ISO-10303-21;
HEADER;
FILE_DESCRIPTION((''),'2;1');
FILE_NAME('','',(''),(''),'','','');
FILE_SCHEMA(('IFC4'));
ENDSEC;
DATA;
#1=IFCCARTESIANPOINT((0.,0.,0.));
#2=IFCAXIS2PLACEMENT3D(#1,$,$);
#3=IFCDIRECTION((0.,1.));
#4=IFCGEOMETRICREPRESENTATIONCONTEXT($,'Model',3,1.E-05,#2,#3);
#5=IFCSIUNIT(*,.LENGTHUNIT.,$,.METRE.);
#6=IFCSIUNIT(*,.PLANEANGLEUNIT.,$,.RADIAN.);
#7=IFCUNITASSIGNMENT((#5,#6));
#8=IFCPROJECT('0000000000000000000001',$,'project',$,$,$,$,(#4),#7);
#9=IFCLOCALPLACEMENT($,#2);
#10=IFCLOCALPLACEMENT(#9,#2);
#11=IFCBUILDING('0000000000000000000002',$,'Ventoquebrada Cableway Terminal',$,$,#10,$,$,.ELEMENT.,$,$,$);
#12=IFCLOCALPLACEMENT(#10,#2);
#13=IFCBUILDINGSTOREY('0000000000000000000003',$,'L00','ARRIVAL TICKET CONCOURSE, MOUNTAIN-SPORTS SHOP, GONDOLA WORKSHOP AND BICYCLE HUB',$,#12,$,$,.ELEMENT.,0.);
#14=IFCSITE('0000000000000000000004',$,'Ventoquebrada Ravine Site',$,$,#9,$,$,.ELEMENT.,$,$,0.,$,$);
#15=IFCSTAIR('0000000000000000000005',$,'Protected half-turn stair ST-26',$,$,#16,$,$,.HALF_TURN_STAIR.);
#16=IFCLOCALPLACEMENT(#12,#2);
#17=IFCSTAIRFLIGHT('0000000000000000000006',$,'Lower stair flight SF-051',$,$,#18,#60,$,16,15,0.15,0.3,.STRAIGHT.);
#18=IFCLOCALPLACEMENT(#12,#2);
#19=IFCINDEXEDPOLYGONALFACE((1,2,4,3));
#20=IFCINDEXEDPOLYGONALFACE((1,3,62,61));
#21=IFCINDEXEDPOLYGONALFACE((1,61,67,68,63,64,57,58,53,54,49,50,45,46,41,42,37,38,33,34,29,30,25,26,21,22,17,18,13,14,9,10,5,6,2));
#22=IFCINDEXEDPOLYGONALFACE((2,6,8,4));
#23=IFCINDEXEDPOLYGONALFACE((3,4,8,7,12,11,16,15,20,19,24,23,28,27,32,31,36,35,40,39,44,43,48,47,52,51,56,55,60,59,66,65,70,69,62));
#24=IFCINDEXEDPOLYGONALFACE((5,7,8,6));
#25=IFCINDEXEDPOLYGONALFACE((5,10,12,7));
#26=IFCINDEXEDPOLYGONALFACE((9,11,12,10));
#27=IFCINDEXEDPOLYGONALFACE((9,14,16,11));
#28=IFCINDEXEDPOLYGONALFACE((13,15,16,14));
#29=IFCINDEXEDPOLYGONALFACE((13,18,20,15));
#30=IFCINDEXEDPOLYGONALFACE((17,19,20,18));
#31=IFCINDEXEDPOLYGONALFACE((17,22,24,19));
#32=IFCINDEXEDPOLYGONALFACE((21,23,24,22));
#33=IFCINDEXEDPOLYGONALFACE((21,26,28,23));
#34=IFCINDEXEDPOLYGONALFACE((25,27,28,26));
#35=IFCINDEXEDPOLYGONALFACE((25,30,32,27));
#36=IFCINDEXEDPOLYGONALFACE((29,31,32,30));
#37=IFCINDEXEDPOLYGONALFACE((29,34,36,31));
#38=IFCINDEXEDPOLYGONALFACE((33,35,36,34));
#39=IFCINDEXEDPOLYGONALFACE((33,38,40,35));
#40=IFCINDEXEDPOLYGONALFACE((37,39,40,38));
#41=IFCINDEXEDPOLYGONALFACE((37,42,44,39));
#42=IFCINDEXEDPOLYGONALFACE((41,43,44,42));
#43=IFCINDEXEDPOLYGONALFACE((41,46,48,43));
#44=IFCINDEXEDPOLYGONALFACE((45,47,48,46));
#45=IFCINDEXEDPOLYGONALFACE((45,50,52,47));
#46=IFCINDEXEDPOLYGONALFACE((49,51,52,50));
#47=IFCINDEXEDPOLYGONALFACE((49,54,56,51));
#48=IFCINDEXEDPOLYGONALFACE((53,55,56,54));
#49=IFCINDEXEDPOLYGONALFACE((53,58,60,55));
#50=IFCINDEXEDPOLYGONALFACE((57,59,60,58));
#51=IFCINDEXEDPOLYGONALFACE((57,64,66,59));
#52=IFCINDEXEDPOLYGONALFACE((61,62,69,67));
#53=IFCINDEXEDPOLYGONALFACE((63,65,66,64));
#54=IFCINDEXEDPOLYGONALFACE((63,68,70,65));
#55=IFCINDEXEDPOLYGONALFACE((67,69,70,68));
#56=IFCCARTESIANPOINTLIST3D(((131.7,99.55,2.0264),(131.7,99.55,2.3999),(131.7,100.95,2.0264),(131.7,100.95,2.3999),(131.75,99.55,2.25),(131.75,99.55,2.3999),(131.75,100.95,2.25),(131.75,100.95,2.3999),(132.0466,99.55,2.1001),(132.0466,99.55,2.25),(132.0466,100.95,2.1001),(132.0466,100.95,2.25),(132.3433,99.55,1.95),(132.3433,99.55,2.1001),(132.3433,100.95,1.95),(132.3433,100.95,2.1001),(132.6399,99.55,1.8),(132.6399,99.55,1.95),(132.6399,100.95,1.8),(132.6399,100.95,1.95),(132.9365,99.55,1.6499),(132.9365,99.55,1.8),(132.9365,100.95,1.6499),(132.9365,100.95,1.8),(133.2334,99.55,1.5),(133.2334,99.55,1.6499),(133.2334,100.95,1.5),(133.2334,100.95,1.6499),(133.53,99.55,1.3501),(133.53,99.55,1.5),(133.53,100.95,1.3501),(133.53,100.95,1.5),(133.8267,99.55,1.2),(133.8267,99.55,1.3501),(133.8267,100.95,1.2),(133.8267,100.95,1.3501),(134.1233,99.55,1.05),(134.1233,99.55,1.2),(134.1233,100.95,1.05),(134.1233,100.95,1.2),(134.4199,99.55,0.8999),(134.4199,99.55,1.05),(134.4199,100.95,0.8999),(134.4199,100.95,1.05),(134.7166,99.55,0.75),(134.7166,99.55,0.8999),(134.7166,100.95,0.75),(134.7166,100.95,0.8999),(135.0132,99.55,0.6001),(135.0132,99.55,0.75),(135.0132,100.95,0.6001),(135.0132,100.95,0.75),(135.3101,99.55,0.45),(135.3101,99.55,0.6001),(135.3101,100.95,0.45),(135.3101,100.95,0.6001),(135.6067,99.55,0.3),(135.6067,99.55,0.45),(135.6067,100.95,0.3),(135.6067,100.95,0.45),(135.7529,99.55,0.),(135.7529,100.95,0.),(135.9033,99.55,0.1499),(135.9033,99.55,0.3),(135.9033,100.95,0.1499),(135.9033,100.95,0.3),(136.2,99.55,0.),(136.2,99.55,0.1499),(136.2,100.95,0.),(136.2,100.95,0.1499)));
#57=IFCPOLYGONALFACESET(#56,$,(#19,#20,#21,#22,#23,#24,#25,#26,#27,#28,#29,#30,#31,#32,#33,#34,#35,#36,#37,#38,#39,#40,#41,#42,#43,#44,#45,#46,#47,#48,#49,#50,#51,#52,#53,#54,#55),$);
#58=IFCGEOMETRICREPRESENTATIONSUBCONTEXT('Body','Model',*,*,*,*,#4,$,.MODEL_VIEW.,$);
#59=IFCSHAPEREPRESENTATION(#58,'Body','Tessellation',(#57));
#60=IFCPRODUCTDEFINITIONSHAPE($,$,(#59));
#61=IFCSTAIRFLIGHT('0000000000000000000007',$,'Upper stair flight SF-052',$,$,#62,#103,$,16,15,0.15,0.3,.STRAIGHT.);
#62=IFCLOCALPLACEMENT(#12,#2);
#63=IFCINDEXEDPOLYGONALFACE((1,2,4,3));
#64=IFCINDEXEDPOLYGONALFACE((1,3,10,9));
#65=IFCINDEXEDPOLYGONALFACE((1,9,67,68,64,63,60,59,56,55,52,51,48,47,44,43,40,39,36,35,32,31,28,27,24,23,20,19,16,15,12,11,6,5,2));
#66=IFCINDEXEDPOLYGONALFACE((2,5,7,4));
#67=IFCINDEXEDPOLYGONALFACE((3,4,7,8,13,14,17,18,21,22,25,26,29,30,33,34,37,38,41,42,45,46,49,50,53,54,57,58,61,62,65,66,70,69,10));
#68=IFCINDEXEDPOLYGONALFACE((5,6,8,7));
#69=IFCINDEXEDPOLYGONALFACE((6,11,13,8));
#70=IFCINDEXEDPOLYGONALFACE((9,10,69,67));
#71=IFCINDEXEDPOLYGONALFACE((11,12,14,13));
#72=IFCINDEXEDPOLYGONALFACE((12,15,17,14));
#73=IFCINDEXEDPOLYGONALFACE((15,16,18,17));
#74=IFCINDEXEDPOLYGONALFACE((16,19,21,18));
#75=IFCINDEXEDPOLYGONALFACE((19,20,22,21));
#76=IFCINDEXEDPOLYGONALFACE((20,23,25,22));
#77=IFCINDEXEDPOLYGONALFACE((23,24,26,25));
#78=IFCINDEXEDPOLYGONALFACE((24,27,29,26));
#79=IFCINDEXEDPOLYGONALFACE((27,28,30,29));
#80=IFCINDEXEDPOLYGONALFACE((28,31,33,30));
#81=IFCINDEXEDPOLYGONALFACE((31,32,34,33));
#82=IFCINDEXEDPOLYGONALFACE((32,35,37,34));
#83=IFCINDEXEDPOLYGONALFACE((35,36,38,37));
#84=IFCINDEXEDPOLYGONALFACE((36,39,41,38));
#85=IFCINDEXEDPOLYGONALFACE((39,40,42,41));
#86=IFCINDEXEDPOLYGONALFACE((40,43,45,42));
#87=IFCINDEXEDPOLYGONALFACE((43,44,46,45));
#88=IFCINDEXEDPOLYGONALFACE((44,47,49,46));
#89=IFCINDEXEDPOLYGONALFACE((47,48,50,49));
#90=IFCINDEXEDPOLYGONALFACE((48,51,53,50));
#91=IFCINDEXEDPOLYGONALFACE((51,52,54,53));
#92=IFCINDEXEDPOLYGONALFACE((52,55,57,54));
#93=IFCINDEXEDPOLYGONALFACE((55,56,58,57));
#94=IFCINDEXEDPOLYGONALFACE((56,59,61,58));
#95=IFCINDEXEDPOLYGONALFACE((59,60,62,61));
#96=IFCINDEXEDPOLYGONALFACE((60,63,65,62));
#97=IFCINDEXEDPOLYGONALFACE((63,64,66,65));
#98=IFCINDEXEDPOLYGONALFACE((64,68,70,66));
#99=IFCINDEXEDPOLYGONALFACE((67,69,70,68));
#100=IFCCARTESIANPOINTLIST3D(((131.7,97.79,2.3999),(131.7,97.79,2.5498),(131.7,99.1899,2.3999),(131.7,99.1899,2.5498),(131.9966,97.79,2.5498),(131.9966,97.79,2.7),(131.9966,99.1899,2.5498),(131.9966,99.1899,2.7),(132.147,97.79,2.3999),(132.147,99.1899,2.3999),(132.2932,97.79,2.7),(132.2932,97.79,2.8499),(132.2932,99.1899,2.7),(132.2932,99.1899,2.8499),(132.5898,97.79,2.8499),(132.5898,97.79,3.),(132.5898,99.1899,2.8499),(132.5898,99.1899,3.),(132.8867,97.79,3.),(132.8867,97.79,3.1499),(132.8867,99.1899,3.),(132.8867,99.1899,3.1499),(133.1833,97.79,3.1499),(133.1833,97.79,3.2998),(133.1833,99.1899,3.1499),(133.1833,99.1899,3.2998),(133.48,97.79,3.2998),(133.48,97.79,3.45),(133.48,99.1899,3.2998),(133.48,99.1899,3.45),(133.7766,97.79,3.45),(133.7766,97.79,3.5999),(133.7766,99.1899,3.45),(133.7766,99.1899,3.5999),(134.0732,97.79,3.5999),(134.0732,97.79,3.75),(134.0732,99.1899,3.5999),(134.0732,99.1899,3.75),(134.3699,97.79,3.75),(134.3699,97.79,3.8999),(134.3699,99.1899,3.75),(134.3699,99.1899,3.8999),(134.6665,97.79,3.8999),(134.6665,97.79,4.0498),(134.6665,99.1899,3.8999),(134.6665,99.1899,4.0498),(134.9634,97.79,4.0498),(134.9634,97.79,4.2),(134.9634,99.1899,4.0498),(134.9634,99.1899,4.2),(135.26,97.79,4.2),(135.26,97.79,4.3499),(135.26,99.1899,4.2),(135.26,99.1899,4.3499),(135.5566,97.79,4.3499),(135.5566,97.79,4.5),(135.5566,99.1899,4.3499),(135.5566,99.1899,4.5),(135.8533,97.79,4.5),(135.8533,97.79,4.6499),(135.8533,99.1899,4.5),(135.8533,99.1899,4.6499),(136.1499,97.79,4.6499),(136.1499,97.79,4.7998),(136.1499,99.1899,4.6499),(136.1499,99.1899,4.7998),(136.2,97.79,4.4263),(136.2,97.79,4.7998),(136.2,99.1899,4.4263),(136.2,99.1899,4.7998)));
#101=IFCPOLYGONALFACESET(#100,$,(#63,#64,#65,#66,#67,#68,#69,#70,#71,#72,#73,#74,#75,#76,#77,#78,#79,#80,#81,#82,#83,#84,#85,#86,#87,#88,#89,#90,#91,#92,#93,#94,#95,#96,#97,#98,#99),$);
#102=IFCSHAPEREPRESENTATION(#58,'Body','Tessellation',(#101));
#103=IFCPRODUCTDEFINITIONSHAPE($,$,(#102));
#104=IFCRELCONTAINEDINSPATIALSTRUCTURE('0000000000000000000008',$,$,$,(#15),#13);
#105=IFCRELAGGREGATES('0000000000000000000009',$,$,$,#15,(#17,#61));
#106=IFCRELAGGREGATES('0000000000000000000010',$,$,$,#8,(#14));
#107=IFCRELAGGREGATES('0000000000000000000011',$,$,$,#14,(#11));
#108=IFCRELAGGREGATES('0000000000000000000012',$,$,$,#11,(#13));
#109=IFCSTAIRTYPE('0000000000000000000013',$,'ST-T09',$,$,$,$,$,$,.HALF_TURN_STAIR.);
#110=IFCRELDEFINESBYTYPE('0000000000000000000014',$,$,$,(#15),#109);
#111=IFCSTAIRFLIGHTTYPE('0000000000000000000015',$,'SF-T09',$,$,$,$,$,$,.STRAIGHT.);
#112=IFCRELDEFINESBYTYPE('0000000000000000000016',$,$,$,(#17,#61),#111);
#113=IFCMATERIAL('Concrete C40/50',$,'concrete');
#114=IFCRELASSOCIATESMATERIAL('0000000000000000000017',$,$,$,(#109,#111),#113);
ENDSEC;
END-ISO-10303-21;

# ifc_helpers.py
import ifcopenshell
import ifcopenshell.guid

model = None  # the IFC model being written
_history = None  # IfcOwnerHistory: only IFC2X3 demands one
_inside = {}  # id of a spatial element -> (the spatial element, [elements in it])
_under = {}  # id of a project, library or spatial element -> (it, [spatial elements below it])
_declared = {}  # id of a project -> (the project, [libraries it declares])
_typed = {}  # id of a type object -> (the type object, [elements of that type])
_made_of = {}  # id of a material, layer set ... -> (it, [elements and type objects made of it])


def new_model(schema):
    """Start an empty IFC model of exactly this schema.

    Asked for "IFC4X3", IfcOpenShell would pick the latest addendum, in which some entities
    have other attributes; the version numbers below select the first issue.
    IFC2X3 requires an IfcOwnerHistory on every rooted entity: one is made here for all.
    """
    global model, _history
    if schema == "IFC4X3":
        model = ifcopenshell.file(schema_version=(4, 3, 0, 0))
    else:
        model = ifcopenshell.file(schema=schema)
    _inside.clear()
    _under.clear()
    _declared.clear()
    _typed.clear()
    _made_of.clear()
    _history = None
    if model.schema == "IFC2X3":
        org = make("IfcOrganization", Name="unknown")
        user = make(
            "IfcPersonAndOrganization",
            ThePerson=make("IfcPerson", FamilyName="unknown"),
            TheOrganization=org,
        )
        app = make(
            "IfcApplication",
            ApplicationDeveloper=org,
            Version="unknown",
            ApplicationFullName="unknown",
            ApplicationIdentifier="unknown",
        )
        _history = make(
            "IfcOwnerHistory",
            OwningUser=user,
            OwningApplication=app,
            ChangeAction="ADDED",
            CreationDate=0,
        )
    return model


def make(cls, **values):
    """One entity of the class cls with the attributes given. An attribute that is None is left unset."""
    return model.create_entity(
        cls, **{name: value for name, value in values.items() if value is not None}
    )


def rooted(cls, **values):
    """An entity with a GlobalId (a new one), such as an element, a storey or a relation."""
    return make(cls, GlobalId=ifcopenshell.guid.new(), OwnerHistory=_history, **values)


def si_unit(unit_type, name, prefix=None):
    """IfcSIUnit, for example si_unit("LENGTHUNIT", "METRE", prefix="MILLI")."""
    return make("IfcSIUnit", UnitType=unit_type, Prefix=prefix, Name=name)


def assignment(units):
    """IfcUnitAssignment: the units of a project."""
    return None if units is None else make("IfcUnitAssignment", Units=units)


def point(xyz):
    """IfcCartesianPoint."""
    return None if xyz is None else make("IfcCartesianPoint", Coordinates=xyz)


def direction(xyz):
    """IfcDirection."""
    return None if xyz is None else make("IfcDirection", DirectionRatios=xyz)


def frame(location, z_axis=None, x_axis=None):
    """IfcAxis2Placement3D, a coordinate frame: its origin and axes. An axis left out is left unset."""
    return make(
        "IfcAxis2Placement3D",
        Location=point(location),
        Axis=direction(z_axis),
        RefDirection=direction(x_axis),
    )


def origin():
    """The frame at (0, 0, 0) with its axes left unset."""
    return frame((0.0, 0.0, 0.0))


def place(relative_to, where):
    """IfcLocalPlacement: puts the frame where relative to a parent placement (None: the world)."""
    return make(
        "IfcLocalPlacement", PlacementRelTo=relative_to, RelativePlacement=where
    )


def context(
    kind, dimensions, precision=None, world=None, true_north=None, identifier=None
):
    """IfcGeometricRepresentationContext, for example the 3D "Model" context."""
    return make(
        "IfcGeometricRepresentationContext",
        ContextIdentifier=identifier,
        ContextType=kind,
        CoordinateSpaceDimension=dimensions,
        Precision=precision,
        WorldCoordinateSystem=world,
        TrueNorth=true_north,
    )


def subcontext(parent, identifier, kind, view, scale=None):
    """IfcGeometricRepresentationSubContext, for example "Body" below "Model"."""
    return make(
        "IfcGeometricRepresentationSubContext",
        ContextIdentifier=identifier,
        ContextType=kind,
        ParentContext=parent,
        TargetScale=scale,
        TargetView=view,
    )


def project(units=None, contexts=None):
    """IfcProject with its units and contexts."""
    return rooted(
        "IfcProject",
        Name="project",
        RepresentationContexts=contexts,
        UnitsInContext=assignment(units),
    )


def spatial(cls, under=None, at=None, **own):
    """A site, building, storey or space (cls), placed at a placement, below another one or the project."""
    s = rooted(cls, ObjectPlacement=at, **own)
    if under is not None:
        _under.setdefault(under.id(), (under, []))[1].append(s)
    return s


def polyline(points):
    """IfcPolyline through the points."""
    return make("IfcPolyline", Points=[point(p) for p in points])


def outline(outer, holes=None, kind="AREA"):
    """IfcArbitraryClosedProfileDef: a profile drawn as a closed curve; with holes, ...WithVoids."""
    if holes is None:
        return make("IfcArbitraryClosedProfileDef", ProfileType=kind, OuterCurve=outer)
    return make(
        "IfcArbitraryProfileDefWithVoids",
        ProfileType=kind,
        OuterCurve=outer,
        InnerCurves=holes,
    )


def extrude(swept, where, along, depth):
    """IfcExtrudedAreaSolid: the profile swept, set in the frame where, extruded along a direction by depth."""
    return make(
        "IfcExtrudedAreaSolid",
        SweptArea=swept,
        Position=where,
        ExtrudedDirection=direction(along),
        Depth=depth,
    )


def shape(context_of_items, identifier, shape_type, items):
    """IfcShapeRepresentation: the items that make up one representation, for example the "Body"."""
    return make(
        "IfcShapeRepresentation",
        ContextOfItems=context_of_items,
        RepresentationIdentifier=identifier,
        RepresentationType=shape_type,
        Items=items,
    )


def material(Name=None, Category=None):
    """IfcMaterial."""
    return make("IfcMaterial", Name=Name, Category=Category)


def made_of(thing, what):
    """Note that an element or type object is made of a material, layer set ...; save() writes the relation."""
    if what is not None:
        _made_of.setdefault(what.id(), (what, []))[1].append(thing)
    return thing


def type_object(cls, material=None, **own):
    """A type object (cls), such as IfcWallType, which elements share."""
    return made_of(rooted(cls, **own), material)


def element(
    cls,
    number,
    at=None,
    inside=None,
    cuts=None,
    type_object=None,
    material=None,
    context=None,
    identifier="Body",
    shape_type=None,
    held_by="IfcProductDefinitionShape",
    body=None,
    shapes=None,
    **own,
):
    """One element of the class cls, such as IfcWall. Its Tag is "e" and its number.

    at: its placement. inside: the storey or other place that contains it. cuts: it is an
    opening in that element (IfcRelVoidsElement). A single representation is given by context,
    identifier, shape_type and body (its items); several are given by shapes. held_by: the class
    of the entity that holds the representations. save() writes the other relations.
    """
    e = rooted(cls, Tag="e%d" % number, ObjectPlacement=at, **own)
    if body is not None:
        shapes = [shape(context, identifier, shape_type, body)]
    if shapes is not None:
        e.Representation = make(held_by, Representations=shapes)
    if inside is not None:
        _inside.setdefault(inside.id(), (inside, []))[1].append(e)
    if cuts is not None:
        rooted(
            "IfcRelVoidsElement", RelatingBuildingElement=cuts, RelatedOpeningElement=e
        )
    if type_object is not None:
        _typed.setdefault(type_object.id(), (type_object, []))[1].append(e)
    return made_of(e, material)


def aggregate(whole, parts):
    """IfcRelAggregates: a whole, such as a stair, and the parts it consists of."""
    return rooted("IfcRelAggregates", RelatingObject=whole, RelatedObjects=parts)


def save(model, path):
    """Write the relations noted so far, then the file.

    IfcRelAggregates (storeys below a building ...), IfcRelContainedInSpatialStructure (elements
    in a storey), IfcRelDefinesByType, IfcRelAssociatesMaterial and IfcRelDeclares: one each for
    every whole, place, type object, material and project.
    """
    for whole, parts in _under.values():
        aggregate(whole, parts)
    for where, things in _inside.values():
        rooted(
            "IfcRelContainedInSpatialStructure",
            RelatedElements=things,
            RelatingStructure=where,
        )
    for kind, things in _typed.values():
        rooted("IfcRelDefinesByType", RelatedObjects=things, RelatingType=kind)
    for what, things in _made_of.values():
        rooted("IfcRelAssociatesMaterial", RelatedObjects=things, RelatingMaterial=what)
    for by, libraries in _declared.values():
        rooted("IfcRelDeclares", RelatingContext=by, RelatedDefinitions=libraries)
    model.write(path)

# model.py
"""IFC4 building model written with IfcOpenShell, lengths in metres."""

from ifc_helpers import new_model, si_unit, direction, frame, origin, place, context, subcontext, project, spatial, polyline, outline, extrude, material, type_object, element, aggregate, save


model = new_model("IFC4")

# Units and contexts
model_context = context("Model", 3, precision=1e-05, world=origin(), true_north=direction((0.0, 1.0)))
body_context = subcontext(model_context, "Body", "Model", "MODEL_VIEW")
ifc_project = project(units=[si_unit("LENGTHUNIT", "METRE"), si_unit("PLANEANGLEUNIT", "RADIAN")], contexts=[model_context])

# Site, building, storey
site_placement = place(None, origin())
site = spatial("IfcSite", under=ifc_project, at=site_placement, Name="Ventoquebrada Ravine Site", CompositionType="ELEMENT", RefElevation=0.0)
building_placement = place(site_placement, origin())
building = spatial("IfcBuilding", under=site, at=building_placement, Name="Ventoquebrada Cableway Terminal", CompositionType="ELEMENT")
storey_placement = place(building_placement, origin())
storey = spatial("IfcBuildingStorey", under=building, at=storey_placement, Name="L00", Description="ARRIVAL TICKET CONCOURSE, MOUNTAIN-SPORTS SHOP, GONDOLA WORKSHOP AND BICYCLE HUB", CompositionType="ELEMENT", Elevation=0.0)

# Shared definitions
ifc_material_1 = material(Name="Concrete C40/50", Category="concrete")

# Stair, stair flights
stair_type = type_object("IfcStairType", Name="ST-T09", PredefinedType="HALF_TURN_STAIR", material=ifc_material_1)
stair_placement = place(storey_placement, origin())
stair = element("IfcStair", 1, at=stair_placement, inside=storey, type_object=stair_type, Name="Protected half-turn stair ST-26", PredefinedType="HALF_TURN_STAIR")
stair_flight_type = type_object("IfcStairFlightType", Name="SF-T09", PredefinedType="STRAIGHT", material=ifc_material_1)
stair_flight_1_placement = place(storey_placement, frame((136.2, 100.25, 0.0), z_axis=(0.0, 0.0, 1.0), x_axis=(-1.0, 0.0, 0.0)))
stair_flight_1 = element("IfcStairFlight", 2, at=stair_flight_1_placement, type_object=stair_flight_type, Name="Lower stair flight SF-051", NumberOfRisers=16, NumberOfTreads=15, PredefinedType="STRAIGHT", RiserHeight=0.15, TreadLength=0.3, context=body_context, shape_type="SweptSolid", body=[
    extrude(outline(polyline([(0.0, 0.0), (0.0, 0.1499), (0.2966, 0.1499), (0.2966, 0.3), (0.5933, 0.3), (0.5933, 0.45), (0.8899, 0.45), (0.8899, 0.6001), (1.1868, 0.6001), (1.1868, 0.75), (1.4834, 0.75), (1.4834, 0.8999), (1.78, 0.8999), (1.78, 1.05), (2.0767, 1.05), (2.0767, 1.2), (2.3733, 1.2), (2.3733, 1.3501), (2.6699, 1.3501), (2.6699, 1.5), (2.9666, 1.5), (2.9666, 1.6499), (3.2634, 1.6499), (3.2634, 1.8), (3.5601, 1.8), (3.5601, 1.95), (3.8567, 1.95), (3.8567, 2.1001), (4.1533, 2.1001), (4.1533, 2.25), (4.45, 2.25), (4.45, 2.3999), (4.5, 2.3999), (4.5, 2.0264), (0.447, 0.0), (0.0, 0.0)])), frame((0.0, 0.7, 0.0), z_axis=(0.0, -1.0, 0.0), x_axis=(1.0, 0.0, 0.0)), (0.0, 0.0, 1.0), 1.3999),
])
stair_flight_2_placement = place(storey_placement, frame((131.7, 98.49, 2.3999), z_axis=(0.0, 0.0, 1.0), x_axis=(1.0, 0.0, 0.0)))
stair_flight_2 = element("IfcStairFlight", 3, at=stair_flight_2_placement, type_object=stair_flight_type, Name="Upper stair flight SF-052", NumberOfRisers=16, NumberOfTreads=15, PredefinedType="STRAIGHT", RiserHeight=0.15, TreadLength=0.3, context=body_context, shape_type="SweptSolid", body=[
    extrude(outline(polyline([(0.0, 0.0), (0.0, 0.1499), (0.2966, 0.1499), (0.2966, 0.3), (0.5933, 0.3), (0.5933, 0.45), (0.8899, 0.45), (0.8899, 0.6001), (1.1868, 0.6001), (1.1868, 0.75), (1.4834, 0.75), (1.4834, 0.8999), (1.78, 0.8999), (1.78, 1.05), (2.0767, 1.05), (2.0767, 1.2), (2.3733, 1.2), (2.3733, 1.3501), (2.6699, 1.3501), (2.6699, 1.5), (2.9666, 1.5), (2.9666, 1.6499), (3.2634, 1.6499), (3.2634, 1.8), (3.5601, 1.8), (3.5601, 1.95), (3.8567, 1.95), (3.8567, 2.1001), (4.1533, 2.1001), (4.1533, 2.25), (4.45, 2.25), (4.45, 2.3999), (4.5, 2.3999), (4.5, 2.0264), (0.447, 0.0), (0.0, 0.0)])), frame((0.0, 0.7, 0.0), z_axis=(0.0, -1.0, 0.0), x_axis=(1.0, 0.0, 0.0)), (0.0, 0.0, 1.0), 1.3999),
])
aggregate(stair, [stair_flight_1, stair_flight_2])

save(model, "model.ifc")
